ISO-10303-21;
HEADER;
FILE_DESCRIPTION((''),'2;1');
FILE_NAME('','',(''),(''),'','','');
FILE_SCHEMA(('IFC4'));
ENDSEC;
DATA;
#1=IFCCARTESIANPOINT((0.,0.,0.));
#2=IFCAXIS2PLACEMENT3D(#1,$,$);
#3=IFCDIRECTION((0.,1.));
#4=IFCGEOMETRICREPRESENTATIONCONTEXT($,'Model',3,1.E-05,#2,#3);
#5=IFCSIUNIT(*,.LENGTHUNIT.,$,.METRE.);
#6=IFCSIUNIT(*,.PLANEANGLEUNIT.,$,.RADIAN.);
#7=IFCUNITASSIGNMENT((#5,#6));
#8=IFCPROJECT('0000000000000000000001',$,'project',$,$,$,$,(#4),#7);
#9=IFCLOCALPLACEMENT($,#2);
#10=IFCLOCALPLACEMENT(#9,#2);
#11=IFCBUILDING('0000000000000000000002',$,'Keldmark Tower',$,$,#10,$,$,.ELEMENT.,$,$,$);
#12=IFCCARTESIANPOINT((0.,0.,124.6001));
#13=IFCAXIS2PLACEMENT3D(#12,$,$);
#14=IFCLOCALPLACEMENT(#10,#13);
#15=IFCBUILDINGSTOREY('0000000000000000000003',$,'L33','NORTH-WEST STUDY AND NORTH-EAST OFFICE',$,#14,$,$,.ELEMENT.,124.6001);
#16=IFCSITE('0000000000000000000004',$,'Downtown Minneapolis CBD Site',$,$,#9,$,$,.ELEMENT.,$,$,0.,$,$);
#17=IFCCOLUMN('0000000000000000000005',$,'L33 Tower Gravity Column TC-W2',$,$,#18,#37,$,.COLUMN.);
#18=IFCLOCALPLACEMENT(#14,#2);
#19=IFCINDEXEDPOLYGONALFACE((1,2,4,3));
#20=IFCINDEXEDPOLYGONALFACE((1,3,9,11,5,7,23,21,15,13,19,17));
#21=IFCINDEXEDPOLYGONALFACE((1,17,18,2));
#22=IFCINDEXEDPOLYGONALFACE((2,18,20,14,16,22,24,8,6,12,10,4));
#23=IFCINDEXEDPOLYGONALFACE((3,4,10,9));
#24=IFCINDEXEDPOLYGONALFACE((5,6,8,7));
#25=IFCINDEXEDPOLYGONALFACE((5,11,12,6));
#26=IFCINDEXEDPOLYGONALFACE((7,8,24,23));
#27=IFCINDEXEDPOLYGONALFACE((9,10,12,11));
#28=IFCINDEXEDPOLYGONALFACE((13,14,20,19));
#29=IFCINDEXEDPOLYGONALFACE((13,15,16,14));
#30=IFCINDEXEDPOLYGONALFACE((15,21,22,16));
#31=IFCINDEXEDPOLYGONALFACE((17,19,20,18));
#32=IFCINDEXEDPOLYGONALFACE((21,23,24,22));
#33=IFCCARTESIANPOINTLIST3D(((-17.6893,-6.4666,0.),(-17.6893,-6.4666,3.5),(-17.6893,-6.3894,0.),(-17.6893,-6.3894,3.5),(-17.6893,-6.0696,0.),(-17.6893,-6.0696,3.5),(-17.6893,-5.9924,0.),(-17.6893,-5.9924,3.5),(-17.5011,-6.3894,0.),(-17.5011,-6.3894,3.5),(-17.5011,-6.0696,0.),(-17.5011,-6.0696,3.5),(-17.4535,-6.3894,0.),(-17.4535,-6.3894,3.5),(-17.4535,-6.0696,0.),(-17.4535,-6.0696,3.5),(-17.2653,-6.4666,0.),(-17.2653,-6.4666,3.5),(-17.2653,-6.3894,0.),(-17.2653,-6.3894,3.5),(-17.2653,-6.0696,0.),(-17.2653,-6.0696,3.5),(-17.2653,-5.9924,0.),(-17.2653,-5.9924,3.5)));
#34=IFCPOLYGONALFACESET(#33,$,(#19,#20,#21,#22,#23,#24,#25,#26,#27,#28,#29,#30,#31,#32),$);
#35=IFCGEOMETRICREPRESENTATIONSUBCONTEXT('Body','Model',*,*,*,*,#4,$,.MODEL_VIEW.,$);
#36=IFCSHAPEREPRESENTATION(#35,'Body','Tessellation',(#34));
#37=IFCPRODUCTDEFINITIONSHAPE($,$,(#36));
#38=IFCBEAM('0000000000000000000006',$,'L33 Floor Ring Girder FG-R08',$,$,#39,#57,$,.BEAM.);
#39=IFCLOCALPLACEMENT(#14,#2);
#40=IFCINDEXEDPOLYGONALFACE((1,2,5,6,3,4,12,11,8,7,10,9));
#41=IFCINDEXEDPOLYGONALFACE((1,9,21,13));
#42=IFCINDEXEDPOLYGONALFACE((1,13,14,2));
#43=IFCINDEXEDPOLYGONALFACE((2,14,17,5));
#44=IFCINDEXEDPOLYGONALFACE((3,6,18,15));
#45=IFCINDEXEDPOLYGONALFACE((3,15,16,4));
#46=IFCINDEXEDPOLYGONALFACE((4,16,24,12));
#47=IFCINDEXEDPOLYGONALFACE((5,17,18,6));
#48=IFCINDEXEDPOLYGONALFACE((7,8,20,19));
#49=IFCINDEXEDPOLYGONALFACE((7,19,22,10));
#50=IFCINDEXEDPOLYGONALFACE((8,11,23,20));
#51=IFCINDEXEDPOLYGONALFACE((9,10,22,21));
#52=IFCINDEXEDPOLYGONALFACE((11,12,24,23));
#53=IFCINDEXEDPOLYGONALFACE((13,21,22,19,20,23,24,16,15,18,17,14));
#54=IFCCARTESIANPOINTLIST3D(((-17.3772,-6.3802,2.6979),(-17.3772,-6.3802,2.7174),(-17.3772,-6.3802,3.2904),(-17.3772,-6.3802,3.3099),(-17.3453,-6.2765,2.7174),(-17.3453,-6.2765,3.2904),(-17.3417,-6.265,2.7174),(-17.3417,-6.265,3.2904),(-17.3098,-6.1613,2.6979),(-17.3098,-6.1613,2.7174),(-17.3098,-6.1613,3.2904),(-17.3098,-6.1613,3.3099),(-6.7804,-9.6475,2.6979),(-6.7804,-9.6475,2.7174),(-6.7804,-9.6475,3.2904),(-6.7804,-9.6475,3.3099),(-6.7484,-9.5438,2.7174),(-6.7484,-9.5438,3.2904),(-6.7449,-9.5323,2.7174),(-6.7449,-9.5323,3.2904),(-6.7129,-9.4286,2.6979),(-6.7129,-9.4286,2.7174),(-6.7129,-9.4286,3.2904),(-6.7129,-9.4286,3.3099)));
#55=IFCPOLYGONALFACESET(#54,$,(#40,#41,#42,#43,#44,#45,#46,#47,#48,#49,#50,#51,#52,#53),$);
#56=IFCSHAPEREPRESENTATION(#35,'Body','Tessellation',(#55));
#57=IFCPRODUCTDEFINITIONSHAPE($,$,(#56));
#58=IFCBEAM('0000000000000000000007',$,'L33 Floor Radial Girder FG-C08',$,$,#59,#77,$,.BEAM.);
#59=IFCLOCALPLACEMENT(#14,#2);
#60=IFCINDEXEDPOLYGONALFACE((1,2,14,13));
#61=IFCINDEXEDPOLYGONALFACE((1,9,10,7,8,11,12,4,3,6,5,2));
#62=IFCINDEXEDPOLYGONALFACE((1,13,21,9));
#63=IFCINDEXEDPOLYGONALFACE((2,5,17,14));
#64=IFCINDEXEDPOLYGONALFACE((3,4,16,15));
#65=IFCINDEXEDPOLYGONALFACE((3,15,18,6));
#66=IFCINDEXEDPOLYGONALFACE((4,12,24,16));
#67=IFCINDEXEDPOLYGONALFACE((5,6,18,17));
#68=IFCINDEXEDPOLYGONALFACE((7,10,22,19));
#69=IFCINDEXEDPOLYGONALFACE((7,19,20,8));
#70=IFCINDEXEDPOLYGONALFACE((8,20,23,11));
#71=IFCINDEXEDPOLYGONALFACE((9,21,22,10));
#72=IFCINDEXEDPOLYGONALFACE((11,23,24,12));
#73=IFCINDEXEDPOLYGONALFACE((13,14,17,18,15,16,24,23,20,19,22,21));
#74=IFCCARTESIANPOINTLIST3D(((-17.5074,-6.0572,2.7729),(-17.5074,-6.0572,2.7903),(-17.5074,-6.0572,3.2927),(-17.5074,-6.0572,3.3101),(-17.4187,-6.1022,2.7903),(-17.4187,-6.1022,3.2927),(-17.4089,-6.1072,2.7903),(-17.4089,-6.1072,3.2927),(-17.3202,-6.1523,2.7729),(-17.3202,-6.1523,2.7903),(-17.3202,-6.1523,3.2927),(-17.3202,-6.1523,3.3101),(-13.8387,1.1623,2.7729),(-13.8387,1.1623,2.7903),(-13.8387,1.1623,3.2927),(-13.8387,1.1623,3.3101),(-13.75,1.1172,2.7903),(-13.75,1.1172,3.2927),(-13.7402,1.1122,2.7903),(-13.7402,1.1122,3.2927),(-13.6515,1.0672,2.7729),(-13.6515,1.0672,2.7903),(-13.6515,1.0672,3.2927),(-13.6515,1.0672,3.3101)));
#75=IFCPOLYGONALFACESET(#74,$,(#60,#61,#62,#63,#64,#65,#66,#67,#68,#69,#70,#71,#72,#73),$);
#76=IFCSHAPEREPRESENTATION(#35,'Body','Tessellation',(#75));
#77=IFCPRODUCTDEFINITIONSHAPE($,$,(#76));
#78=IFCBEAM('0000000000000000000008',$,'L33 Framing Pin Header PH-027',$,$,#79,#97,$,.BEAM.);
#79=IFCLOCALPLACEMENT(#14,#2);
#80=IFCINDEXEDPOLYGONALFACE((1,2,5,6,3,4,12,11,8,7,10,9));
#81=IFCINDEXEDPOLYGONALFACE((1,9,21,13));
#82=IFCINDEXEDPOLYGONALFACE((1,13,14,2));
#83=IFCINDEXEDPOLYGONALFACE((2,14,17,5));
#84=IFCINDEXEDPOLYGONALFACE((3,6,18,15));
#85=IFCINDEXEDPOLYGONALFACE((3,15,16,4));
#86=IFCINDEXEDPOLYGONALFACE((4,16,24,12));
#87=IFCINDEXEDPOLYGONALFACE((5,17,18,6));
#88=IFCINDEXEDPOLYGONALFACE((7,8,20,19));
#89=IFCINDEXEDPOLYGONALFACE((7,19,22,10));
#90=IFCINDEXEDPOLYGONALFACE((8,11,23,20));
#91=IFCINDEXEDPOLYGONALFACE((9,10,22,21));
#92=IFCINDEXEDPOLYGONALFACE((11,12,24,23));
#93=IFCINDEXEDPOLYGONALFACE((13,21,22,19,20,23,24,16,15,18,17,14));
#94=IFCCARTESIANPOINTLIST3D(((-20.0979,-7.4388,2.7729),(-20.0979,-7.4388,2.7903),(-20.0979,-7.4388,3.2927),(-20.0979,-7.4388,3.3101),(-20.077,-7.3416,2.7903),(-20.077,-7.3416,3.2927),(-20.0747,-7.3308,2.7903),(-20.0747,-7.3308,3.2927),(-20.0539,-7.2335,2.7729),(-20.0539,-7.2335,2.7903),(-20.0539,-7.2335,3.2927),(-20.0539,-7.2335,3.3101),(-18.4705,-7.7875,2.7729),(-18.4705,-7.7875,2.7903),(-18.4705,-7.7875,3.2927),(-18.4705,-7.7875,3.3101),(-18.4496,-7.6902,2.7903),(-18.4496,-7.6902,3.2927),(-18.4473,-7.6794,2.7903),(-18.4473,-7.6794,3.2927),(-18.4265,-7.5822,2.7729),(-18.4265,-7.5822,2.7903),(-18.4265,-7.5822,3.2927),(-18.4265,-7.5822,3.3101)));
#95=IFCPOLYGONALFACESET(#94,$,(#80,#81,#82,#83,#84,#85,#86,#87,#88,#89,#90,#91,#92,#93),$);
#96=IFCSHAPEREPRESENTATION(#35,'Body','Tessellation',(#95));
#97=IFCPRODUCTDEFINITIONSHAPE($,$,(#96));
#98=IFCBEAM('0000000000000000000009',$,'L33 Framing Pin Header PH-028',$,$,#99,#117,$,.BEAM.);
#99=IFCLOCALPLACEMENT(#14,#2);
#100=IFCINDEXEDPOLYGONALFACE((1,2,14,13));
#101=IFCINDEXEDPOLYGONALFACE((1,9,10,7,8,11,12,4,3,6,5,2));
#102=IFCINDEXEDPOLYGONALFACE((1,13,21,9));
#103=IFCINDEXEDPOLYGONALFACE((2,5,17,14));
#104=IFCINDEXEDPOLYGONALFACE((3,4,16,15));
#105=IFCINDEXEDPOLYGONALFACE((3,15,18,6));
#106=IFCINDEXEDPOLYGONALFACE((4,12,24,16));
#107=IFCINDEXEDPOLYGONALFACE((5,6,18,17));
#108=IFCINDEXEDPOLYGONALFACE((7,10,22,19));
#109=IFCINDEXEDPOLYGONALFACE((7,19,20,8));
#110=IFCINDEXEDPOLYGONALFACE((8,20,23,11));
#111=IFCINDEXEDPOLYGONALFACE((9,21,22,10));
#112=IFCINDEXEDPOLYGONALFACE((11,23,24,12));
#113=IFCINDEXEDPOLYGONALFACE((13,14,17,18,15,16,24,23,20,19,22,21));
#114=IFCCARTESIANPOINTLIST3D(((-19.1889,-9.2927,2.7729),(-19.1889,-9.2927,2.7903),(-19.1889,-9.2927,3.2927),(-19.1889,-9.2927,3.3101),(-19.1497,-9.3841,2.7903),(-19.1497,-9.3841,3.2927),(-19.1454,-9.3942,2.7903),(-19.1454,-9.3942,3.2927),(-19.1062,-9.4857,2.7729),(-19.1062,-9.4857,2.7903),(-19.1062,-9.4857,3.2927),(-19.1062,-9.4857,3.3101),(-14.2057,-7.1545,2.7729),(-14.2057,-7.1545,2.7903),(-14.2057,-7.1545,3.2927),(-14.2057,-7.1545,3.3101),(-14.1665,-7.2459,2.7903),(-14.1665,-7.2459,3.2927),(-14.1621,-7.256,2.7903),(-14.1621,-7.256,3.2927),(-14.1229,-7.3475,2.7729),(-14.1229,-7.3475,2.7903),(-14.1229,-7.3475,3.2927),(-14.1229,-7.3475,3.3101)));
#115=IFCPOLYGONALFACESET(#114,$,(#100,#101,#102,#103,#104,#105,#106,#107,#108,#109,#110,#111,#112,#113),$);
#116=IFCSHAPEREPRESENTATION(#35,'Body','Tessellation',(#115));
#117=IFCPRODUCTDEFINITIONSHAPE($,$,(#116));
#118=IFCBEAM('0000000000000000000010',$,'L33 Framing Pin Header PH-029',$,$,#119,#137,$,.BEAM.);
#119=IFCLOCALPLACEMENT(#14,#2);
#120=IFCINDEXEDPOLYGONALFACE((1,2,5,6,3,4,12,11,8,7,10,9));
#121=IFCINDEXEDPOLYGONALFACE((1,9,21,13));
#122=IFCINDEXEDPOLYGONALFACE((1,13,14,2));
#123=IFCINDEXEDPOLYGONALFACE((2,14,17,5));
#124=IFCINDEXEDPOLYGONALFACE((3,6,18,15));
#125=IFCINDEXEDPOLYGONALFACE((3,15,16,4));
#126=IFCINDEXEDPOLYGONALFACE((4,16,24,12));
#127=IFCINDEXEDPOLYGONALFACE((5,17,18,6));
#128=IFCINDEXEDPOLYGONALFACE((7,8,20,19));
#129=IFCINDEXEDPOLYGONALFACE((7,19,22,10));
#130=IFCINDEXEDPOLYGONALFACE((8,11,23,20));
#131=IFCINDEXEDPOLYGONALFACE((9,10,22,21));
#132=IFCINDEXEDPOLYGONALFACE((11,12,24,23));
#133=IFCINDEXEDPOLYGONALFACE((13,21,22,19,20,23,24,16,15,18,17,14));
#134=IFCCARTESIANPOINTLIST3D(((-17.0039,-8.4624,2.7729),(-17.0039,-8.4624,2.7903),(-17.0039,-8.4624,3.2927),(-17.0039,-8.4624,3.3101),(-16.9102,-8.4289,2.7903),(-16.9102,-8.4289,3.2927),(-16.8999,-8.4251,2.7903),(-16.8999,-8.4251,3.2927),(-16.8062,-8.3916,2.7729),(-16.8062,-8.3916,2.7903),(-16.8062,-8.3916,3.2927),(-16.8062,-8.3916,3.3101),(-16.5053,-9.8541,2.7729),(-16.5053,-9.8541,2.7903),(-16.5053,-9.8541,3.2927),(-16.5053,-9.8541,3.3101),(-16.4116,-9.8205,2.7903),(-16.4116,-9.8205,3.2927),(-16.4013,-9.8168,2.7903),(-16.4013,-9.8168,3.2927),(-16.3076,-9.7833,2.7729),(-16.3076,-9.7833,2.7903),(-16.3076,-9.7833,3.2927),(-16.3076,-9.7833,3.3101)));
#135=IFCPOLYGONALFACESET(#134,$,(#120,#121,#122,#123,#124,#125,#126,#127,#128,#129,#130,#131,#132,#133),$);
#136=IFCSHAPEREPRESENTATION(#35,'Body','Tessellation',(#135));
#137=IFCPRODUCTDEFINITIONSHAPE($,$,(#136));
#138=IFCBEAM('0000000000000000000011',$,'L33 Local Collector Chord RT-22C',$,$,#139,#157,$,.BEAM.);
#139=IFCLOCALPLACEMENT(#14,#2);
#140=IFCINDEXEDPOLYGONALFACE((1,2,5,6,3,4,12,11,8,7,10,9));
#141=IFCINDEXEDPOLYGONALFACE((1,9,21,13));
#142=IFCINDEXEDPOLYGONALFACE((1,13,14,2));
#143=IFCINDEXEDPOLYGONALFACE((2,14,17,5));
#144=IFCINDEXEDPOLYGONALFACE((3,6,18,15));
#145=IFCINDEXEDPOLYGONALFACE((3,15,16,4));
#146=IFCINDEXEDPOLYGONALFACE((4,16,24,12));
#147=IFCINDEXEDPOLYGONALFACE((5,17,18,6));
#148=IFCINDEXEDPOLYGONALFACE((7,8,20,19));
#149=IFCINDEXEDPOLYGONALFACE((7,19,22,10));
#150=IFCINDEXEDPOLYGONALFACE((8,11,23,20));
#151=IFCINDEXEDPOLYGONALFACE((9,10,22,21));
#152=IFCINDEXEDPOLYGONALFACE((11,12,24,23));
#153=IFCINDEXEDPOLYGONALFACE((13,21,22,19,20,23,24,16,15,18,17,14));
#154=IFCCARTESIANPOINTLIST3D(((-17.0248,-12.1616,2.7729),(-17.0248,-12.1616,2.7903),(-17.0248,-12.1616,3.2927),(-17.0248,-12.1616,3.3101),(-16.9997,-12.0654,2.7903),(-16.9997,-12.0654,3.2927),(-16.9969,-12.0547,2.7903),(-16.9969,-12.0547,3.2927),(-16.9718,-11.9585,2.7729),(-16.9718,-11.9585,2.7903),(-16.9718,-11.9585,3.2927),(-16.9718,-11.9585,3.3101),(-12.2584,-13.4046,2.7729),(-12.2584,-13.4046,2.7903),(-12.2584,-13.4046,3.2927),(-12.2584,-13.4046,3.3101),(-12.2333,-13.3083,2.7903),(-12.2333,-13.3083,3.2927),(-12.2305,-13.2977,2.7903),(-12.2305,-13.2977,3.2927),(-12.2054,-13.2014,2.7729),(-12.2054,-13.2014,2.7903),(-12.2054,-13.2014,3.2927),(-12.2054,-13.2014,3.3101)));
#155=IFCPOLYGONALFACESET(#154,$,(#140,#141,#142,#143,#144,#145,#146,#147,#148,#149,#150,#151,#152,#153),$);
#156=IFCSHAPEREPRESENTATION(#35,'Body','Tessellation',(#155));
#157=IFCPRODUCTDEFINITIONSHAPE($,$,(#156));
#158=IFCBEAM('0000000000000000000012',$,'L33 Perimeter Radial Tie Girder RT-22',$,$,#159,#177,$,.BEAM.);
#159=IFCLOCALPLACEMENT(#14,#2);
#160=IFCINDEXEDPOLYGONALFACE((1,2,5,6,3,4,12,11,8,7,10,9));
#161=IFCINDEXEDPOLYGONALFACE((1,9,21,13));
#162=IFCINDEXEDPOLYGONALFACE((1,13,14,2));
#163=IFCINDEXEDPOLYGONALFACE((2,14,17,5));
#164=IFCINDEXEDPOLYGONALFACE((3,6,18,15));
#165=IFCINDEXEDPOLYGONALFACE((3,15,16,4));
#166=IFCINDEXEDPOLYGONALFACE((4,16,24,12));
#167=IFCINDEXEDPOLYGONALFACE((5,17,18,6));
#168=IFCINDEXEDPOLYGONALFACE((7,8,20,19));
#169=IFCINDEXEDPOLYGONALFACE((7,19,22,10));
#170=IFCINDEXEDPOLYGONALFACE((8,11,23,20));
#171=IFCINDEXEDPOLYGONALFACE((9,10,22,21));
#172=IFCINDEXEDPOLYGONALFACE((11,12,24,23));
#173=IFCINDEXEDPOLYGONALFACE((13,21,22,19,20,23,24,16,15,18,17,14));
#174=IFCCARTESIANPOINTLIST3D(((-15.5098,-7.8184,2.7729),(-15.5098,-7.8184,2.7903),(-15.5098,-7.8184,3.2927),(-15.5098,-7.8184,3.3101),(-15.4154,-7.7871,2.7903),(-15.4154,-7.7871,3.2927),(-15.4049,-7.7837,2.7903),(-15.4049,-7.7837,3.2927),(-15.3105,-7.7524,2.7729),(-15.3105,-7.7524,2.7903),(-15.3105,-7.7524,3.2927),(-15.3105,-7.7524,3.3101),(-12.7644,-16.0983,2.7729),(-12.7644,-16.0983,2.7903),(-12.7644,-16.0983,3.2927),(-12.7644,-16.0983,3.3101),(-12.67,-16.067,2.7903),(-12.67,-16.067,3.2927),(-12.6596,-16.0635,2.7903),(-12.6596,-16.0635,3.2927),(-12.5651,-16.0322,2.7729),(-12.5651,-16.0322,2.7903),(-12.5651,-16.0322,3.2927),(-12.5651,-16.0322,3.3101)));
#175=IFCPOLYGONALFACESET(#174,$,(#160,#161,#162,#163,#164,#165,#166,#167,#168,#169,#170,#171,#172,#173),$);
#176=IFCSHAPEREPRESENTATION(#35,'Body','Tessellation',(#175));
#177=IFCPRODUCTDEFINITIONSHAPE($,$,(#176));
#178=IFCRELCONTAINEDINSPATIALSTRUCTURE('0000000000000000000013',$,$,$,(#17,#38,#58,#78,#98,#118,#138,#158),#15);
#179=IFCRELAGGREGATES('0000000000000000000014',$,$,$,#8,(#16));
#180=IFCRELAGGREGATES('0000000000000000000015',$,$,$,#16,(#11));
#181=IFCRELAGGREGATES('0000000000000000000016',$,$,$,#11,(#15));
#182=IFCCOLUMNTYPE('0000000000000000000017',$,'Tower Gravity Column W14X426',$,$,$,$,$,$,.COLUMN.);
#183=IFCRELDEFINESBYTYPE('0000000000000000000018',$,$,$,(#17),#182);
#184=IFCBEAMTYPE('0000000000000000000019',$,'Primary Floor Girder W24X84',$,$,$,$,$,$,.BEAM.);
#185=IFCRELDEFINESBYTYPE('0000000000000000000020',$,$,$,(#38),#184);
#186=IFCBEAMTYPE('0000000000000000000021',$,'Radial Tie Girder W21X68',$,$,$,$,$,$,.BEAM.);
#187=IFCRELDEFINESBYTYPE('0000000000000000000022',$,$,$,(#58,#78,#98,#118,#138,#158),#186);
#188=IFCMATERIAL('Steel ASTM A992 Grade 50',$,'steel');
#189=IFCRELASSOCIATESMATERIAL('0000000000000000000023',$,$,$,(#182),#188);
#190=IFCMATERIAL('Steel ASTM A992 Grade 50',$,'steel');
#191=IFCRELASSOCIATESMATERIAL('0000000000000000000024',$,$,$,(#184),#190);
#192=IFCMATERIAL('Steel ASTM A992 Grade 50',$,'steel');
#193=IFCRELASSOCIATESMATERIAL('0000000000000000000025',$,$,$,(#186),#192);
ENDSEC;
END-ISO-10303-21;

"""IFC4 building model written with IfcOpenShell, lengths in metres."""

from ifc_helpers import new_model, si_unit, direction, frame, origin, origin_2d, place, context, subcontext, project, spatial, i_section, extrude, material, material_profile, profile_set, type_object, element, save


model = new_model("IFC4")

# Units and contexts
model_context = context("Model", 3, precision=1e-05, world=origin(), true_north=direction((0.0, 1.0)))
body_context = subcontext(model_context, "Body", "Model", "MODEL_VIEW")
ifc_project = project(units=[si_unit("LENGTHUNIT", "METRE"), si_unit("PLANEANGLEUNIT", "RADIAN")], contexts=[model_context])

# Site, building, storey
site_placement = place(None, origin())
site = spatial("IfcSite", under=ifc_project, at=site_placement, Name="Downtown Minneapolis CBD Site", CompositionType="ELEMENT", RefElevation=0.0)
building_placement = place(site_placement, origin())
building = spatial("IfcBuilding", under=site, at=building_placement, Name="Keldmark Tower", CompositionType="ELEMENT")
storey_placement = place(building_placement, frame((0.0, 0.0, 124.6001)))
storey = spatial("IfcBuildingStorey", under=building, at=storey_placement, Name="L33", Description="NORTH-WEST STUDY AND NORTH-EAST OFFICE", CompositionType="ELEMENT", Elevation=124.6001)

# Column
ifc_material_1 = material(Name="Steel ASTM A992 Grade 50", Category="steel")
ifc_material_profile_1 = material_profile(ifc_material_1, i_section(OverallWidth=0.4241, OverallDepth=0.4741, WebThickness=0.0476, FlangeThickness=0.0771, at=origin_2d()), Name="W14X426")
ifc_profile_set_1 = profile_set([ifc_material_profile_1], Name="Steel ASTM A992 Grade 50")
column_type = type_object("IfcColumnType", Name="Tower Gravity Column W14X426", PredefinedType="COLUMN", material=ifc_profile_set_1)
column_placement = place(storey_placement, frame((-17.4773, -6.2295, 0.0), z_axis=(0.0, 0.0, 1.0), x_axis=(1.0, 0.0, 0.0)))
element("IfcColumn", 1, at=column_placement, inside=storey, type_object=column_type, Name="L33 Tower Gravity Column TC-W2", PredefinedType="COLUMN", context=body_context, shape_type="SweptSolid", body=[
    extrude(i_section(OverallWidth=0.4241, OverallDepth=0.4741, WebThickness=0.0476, FlangeThickness=0.0771, at=origin_2d()), origin(), (0.0, 0.0, 1.0), 3.5),
])

# Beams
ifc_material_2 = material(Name="Steel ASTM A992 Grade 50", Category="steel")
ifc_material_profile_2 = material_profile(ifc_material_2, i_section(OverallWidth=0.229, OverallDepth=0.6121, WebThickness=0.012, FlangeThickness=0.0195, at=origin_2d()), Name="W24X84")
ifc_profile_set_2 = profile_set([ifc_material_profile_2], Name="Steel ASTM A992 Grade 50")
beam_type_1 = type_object("IfcBeamType", Name="Primary Floor Girder W24X84", PredefinedType="BEAM", material=ifc_profile_set_2)
beam_1_placement = place(storey_placement, frame((-17.3435, -6.2708, 3.0039), z_axis=(0.955608, -0.294641, 0.0), x_axis=(0.294641, 0.955608, 0.0)))
element("IfcBeam", 2, at=beam_1_placement, inside=storey, type_object=beam_type_1, Name="L33 Floor Ring Girder FG-R08", PredefinedType="BEAM", context=body_context, shape_type="SweptSolid", body=[
    extrude(i_section(OverallWidth=0.229, OverallDepth=0.6121, WebThickness=0.012, FlangeThickness=0.0195, at=origin_2d()), origin(), (0.0, 0.0, 1.0), 11.0891),
])
ifc_material_3 = material(Name="Steel ASTM A992 Grade 50", Category="steel")
ifc_material_profile_3 = material_profile(ifc_material_3, i_section(OverallWidth=0.21, OverallDepth=0.5371, WebThickness=0.011, FlangeThickness=0.0173, at=origin_2d()), Name="W21X68")
ifc_profile_set_3 = profile_set([ifc_material_profile_3], Name="Steel ASTM A992 Grade 50")
beam_type_2 = type_object("IfcBeamType", Name="Radial Tie Girder W21X68", PredefinedType="BEAM", material=ifc_profile_set_3)
beam_2_placement = place(storey_placement, frame((-17.4138, -6.1047, 3.0415), z_axis=(0.453029, 0.891496, 0.0), x_axis=(-0.891496, 0.453029, 0.0)))
element("IfcBeam", 3, at=beam_2_placement, inside=storey, type_object=beam_type_2, Name="L33 Floor Radial Girder FG-C08", PredefinedType="BEAM", context=body_context, shape_type="SweptSolid", body=[
    extrude(i_section(OverallWidth=0.21, OverallDepth=0.5371, WebThickness=0.011, FlangeThickness=0.0173, at=origin_2d()), origin(), (0.0, 0.0, 1.0), 8.0981),
])
beam_3_placement = place(storey_placement, frame((-18.4485, -7.6848, 3.0415), z_axis=(-0.977815, 0.209469, 0.0), x_axis=(-0.209469, -0.977815, 0.0)))
element("IfcBeam", 4, at=beam_3_placement, inside=storey, type_object=beam_type_2, Name="L33 Framing Pin Header PH-027", PredefinedType="BEAM", context=body_context, shape_type="SweptSolid", body=[
    extrude(i_section(OverallWidth=0.21, OverallDepth=0.5371, WebThickness=0.011, FlangeThickness=0.0173, at=origin_2d()), origin(), (0.0, 0.0, 1.0), 1.6643),
])
beam_4_placement = place(storey_placement, frame((-14.1643, -7.251, 3.0415), z_axis=(-0.918975, -0.394316, 0.0), x_axis=(0.394316, -0.918975, 0.0)))
element("IfcBeam", 5, at=beam_4_placement, inside=storey, type_object=beam_type_2, Name="L33 Framing Pin Header PH-028", PredefinedType="BEAM", context=body_context, shape_type="SweptSolid", body=[
    extrude(i_section(OverallWidth=0.21, OverallDepth=0.5371, WebThickness=0.011, FlangeThickness=0.0173, at=origin_2d()), origin(), (0.0, 0.0, 1.0), 5.4226),
])
beam_5_placement = place(storey_placement, frame((-16.905, -8.427, 3.0415), z_axis=(0.337257, -0.941413, 0.0), x_axis=(0.941413, 0.337257, 0.0)))
element("IfcBeam", 6, at=beam_5_placement, inside=storey, type_object=beam_type_2, Name="L33 Framing Pin Header PH-029", PredefinedType="BEAM", context=body_context, shape_type="SweptSolid", body=[
    extrude(i_section(OverallWidth=0.21, OverallDepth=0.5371, WebThickness=0.011, FlangeThickness=0.0173, at=origin_2d()), origin(), (0.0, 0.0, 1.0), 1.4783),
])
beam_6_placement = place(storey_placement, frame((-16.9983, -12.0601, 3.0415), z_axis=(0.967641, -0.252331, 0.0), x_axis=(0.252331, 0.967641, 0.0)))
element("IfcBeam", 7, at=beam_6_placement, inside=storey, type_object=beam_type_2, Name="L33 Local Collector Chord RT-22C", PredefinedType="BEAM", context=body_context, shape_type="SweptSolid", body=[
    extrude(i_section(OverallWidth=0.21, OverallDepth=0.5371, WebThickness=0.011, FlangeThickness=0.0173, at=origin_2d()), origin(), (0.0, 0.0, 1.0), 4.9258),
])
beam_7_placement = place(storey_placement, frame((-15.4102, -7.7854, 3.0415), z_axis=(0.314724, -0.949183, 0.0), x_axis=(0.949183, 0.314724, 0.0)))
element("IfcBeam", 8, at=beam_7_placement, inside=storey, type_object=beam_type_2, Name="L33 Perimeter Radial Tie Girder RT-22", PredefinedType="BEAM", context=body_context, shape_type="SweptSolid", body=[
    extrude(i_section(OverallWidth=0.21, OverallDepth=0.5371, WebThickness=0.011, FlangeThickness=0.0173, at=origin_2d()), origin(), (0.0, 0.0, 1.0), 8.7231),
])

save(model, "model.ifc")
